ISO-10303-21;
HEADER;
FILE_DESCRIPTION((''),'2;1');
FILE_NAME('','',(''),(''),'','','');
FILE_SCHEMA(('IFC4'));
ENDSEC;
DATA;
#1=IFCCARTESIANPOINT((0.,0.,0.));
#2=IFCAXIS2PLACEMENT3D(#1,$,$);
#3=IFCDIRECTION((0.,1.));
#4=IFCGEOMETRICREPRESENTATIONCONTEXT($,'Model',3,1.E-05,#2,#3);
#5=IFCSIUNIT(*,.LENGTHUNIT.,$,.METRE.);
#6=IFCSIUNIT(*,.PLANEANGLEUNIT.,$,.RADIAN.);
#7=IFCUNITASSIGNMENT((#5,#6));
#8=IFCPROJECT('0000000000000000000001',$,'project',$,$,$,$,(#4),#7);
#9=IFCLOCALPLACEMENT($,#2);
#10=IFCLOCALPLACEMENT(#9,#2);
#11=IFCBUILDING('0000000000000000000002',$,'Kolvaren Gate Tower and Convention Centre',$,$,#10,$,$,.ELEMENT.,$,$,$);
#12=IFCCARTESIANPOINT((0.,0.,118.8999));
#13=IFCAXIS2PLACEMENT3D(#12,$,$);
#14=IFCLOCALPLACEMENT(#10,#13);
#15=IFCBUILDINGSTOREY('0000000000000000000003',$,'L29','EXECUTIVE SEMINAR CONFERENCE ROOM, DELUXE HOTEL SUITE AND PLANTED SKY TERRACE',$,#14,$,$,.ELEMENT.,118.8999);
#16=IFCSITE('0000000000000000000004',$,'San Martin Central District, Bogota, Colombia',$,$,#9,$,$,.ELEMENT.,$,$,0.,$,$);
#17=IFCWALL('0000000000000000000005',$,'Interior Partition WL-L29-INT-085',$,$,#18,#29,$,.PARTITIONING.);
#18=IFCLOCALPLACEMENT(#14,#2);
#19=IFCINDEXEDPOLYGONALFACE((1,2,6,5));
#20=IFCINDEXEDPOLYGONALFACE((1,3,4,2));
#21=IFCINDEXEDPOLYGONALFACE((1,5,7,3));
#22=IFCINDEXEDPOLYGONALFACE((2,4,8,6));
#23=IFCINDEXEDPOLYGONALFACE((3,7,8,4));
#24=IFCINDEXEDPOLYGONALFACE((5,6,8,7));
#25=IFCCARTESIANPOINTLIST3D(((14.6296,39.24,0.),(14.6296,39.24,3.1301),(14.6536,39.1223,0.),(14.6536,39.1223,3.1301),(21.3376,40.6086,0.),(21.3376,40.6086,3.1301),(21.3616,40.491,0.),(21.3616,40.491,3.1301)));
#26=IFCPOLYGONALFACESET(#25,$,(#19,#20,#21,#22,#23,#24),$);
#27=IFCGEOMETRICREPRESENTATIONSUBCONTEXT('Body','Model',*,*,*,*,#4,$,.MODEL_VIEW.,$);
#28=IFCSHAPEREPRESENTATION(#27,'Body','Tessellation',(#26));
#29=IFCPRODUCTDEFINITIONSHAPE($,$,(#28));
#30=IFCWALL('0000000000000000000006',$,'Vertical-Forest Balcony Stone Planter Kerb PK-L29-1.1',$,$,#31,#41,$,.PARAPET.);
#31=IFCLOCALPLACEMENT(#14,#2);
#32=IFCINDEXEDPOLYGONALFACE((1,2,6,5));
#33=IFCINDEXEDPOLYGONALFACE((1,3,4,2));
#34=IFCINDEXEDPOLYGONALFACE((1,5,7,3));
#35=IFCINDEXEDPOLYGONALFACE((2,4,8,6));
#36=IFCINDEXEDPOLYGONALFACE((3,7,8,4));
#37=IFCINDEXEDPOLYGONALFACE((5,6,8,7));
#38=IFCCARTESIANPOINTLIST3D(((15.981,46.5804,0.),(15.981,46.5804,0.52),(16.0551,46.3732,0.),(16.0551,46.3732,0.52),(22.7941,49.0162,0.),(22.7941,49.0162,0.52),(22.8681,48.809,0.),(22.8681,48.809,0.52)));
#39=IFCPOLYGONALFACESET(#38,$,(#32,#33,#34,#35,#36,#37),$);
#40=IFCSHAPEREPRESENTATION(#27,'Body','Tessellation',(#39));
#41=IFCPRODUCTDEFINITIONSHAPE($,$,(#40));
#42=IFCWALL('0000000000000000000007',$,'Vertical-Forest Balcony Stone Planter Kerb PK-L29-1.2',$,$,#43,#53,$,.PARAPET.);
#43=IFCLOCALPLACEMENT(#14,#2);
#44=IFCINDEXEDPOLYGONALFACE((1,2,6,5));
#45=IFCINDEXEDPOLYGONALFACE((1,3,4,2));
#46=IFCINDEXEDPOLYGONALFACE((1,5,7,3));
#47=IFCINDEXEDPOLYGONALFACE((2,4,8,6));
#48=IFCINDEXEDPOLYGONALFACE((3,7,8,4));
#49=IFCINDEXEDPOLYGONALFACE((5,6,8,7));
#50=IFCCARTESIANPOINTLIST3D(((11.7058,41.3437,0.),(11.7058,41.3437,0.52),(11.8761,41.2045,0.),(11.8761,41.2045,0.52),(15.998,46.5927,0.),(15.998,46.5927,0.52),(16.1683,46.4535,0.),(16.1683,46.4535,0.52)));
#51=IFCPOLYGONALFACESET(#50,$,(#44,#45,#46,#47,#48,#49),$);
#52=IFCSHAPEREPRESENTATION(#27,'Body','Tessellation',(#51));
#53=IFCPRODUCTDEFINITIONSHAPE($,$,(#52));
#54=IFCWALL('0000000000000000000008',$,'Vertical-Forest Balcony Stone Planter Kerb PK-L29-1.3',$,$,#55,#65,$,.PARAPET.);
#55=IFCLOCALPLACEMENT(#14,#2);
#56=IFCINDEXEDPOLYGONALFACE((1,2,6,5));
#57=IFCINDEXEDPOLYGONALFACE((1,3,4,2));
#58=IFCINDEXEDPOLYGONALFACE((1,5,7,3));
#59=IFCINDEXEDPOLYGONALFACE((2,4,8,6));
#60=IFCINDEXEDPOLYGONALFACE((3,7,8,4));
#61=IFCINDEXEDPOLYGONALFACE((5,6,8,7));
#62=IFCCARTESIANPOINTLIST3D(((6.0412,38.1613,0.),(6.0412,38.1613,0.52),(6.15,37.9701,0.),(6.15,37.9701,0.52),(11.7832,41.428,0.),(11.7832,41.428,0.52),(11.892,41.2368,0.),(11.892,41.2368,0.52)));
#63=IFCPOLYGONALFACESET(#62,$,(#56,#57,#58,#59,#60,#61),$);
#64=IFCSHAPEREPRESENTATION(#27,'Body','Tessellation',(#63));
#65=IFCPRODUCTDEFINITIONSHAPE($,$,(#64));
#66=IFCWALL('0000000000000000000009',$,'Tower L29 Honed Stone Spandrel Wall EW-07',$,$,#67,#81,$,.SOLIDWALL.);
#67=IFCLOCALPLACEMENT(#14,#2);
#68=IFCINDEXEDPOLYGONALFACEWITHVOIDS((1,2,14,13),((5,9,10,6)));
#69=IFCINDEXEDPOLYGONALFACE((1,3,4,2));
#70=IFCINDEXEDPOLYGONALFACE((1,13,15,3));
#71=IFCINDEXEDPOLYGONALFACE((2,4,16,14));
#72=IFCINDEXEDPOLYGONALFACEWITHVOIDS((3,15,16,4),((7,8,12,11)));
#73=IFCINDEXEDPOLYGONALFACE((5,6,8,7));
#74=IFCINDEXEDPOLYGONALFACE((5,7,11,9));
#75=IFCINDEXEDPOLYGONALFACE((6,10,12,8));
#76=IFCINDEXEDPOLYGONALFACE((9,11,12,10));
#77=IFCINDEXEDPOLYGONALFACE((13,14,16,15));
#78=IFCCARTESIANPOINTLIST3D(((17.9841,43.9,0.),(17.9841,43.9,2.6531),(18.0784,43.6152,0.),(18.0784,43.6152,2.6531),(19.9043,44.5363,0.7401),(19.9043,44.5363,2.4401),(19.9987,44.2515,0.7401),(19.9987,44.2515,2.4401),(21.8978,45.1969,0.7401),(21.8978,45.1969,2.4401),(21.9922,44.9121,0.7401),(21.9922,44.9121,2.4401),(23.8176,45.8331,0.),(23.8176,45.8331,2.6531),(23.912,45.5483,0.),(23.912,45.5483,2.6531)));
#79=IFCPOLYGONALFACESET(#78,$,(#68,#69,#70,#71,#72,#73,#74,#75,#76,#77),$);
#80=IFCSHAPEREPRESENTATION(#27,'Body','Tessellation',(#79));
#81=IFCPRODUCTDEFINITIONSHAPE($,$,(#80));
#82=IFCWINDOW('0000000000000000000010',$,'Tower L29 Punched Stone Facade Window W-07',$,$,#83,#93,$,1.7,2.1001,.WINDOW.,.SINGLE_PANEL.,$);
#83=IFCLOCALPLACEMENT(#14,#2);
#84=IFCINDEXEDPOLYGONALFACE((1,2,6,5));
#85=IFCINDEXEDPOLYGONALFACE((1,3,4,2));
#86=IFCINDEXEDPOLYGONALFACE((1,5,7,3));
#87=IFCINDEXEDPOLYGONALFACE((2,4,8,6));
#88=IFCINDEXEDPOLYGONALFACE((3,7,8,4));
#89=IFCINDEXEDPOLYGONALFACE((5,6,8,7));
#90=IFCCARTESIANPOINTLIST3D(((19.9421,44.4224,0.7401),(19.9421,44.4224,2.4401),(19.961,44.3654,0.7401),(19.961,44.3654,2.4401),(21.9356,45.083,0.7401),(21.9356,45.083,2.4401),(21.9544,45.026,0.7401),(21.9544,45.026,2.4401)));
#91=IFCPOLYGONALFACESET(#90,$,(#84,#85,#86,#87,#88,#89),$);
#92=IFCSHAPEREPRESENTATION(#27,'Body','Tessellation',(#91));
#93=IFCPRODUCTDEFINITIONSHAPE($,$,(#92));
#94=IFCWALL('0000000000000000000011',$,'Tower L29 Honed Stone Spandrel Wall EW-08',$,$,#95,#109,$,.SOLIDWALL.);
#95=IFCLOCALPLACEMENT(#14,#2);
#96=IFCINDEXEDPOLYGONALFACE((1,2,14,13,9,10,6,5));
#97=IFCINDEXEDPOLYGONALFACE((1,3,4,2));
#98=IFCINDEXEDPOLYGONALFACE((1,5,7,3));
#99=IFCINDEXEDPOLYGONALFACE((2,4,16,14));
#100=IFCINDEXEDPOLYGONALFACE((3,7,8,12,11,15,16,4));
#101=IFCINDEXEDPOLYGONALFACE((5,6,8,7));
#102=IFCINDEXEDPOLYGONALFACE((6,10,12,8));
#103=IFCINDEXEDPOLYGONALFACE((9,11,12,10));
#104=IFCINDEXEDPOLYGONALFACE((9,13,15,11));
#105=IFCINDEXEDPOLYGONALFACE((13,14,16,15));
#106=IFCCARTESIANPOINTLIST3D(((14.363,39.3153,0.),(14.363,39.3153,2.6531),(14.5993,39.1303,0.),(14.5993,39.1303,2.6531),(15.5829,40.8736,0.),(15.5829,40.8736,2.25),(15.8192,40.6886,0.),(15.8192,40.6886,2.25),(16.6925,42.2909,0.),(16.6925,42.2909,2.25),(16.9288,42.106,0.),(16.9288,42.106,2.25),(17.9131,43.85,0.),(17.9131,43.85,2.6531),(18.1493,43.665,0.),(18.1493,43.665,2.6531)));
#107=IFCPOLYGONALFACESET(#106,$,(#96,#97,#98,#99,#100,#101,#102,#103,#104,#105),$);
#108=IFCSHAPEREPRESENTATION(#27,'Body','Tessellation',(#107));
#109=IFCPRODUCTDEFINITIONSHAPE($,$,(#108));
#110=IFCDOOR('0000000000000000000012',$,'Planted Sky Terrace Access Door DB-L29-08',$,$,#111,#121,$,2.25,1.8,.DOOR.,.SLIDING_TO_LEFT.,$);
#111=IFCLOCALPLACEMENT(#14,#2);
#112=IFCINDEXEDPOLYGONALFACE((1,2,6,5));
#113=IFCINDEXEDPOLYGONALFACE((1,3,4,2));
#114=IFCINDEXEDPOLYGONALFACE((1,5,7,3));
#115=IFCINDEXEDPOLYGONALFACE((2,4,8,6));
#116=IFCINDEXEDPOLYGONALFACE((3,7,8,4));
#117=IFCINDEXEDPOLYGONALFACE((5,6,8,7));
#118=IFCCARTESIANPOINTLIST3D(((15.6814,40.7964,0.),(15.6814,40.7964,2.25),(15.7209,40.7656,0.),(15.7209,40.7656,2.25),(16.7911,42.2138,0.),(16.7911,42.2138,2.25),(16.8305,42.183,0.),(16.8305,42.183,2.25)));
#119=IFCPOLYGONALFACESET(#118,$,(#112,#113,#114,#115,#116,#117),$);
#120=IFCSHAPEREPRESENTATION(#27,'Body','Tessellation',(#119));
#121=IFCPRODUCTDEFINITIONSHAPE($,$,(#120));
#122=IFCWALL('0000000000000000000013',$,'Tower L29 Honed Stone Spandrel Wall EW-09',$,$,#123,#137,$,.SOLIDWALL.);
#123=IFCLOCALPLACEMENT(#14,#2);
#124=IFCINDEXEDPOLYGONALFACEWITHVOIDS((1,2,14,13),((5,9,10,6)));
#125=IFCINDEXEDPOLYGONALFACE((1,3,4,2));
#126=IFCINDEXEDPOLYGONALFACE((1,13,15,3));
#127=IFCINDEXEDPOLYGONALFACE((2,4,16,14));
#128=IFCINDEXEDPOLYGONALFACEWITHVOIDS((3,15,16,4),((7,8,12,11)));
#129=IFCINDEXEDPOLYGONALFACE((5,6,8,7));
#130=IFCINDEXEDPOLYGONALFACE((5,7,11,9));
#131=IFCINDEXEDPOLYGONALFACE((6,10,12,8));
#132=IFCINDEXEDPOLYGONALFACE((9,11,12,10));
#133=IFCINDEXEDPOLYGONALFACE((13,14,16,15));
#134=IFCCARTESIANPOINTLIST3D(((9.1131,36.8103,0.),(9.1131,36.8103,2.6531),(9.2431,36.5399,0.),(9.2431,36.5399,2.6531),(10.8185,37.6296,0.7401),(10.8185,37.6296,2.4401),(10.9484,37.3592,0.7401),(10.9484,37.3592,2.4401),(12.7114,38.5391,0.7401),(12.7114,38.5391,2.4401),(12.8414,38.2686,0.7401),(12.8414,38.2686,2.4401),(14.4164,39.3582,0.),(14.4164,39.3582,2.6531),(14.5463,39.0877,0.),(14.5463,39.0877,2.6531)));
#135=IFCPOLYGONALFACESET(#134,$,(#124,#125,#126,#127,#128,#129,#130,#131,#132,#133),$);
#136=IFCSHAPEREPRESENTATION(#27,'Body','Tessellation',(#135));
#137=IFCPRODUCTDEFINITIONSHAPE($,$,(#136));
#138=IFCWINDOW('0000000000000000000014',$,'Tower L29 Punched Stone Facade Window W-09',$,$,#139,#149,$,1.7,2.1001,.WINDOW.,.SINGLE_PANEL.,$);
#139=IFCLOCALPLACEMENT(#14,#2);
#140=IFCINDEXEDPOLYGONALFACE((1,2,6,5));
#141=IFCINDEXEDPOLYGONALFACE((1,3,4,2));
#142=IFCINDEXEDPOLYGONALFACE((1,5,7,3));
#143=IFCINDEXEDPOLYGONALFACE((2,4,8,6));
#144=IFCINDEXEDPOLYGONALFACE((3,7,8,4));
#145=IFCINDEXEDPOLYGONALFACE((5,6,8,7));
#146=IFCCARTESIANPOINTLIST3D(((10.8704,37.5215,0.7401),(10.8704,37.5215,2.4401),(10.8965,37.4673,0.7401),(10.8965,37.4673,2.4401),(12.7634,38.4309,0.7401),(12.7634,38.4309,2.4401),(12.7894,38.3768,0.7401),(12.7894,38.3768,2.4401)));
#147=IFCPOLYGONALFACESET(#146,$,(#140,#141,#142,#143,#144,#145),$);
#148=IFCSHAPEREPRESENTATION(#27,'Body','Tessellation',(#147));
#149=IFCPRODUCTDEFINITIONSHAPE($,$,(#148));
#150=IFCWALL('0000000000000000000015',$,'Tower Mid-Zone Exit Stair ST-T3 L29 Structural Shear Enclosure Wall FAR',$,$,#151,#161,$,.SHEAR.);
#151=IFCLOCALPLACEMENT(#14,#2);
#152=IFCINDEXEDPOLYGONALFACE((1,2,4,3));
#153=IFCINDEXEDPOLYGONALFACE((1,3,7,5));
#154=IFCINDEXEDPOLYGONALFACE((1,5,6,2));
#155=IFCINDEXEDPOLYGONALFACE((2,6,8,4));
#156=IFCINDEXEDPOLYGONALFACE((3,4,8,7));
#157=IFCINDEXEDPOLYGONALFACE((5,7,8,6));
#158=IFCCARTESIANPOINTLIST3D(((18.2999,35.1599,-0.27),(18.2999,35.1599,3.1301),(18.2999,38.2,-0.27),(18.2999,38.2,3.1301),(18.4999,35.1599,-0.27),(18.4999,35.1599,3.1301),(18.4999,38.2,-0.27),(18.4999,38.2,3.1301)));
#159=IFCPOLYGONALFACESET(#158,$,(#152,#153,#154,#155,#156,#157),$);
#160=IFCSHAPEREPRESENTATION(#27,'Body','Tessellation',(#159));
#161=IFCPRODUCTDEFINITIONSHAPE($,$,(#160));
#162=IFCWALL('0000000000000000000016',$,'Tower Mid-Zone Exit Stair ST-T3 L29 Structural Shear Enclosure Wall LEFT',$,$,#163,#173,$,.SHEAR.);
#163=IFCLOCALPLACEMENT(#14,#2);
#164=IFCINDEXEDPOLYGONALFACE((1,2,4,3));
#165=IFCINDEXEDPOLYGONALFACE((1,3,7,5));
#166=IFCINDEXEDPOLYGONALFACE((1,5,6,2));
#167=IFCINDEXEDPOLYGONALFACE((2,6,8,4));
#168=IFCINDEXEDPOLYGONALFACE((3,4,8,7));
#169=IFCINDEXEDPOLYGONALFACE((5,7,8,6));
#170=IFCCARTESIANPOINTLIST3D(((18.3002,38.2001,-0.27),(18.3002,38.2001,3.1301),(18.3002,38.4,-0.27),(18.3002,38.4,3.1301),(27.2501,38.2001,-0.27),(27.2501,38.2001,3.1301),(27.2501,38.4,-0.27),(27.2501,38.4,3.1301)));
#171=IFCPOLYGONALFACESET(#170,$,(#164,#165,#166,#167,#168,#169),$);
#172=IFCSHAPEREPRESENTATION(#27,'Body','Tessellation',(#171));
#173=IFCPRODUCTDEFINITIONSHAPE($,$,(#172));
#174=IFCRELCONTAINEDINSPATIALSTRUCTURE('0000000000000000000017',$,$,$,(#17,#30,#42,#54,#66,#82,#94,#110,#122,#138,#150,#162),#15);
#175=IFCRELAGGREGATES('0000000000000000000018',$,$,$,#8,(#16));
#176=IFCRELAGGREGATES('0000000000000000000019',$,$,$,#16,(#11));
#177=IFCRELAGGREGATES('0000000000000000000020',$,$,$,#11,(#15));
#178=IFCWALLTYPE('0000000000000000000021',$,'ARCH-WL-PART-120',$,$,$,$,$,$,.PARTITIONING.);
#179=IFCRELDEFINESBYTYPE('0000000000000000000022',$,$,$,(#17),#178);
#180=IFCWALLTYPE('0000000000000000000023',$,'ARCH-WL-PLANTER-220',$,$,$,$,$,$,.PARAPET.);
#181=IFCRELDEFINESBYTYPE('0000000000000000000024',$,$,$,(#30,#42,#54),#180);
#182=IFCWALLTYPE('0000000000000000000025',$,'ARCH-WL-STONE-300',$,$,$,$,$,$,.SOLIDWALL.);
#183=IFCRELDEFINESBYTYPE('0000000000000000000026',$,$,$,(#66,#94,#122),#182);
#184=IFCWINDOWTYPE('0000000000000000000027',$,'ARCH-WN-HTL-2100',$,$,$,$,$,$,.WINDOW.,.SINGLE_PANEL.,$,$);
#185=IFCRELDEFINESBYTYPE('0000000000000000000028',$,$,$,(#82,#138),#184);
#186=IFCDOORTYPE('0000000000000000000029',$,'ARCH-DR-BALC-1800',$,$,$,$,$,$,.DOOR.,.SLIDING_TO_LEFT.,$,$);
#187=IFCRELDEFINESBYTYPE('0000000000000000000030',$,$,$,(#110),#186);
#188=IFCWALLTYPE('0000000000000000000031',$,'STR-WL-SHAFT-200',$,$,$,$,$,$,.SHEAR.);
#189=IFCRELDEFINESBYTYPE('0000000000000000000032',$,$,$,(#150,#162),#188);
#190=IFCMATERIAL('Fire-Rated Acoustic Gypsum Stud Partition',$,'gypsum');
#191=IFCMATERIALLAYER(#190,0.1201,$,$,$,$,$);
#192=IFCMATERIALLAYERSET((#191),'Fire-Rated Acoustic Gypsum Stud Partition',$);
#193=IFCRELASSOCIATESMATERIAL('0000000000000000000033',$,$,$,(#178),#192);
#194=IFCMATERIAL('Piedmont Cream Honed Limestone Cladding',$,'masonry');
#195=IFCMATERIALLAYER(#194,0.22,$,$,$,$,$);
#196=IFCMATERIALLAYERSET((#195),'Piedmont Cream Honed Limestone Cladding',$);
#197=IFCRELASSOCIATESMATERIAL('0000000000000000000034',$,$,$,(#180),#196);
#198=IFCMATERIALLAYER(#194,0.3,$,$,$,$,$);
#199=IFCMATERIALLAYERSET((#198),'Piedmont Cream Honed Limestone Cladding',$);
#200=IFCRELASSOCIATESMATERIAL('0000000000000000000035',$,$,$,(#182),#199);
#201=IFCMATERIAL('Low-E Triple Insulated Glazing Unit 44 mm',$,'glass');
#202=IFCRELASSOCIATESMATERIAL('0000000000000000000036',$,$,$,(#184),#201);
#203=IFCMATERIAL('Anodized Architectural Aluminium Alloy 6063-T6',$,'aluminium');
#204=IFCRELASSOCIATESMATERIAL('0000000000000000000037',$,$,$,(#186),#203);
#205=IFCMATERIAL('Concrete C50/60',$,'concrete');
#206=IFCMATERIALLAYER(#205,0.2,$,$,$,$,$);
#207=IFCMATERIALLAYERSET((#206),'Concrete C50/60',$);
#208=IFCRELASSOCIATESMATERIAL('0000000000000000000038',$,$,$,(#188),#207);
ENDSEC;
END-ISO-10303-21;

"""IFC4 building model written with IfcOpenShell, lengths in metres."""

from ifc_helpers import new_model, si_unit, direction, frame, frame_2d, origin, place, context, subcontext, project, spatial, rectangle, extrude, material, layer, layer_set, type_object, element, fill, save


model = new_model("IFC4")

# Units and contexts
model_context = context("Model", 3, precision=1e-05, world=origin(), true_north=direction((0.0, 1.0)))
body_context = subcontext(model_context, "Body", "Model", "MODEL_VIEW")
ifc_project = project(units=[si_unit("LENGTHUNIT", "METRE"), si_unit("PLANEANGLEUNIT", "RADIAN")], contexts=[model_context])

# Site, building, storey
site_placement = place(None, origin())
site = spatial("IfcSite", under=ifc_project, at=site_placement, Name="San Martin Central District, Bogota, Colombia", CompositionType="ELEMENT", RefElevation=0.0)
building_placement = place(site_placement, origin())
building = spatial("IfcBuilding", under=site, at=building_placement, Name="Kolvaren Gate Tower and Convention Centre", CompositionType="ELEMENT")
storey_placement = place(building_placement, frame((0.0, 0.0, 118.8999)))
storey = spatial("IfcBuildingStorey", under=building, at=storey_placement, Name="L29", Description="EXECUTIVE SEMINAR CONFERENCE ROOM, DELUXE HOTEL SUITE AND PLANTED SKY TERRACE", CompositionType="ELEMENT", Elevation=118.8999)

# Walls
ifc_material_1 = material(Name="Fire-Rated Acoustic Gypsum Stud Partition", Category="gypsum")
ifc_layer_1 = layer(ifc_material_1, 0.1201)
ifc_layer_set_1 = layer_set([ifc_layer_1], Name="Fire-Rated Acoustic Gypsum Stud Partition")
wall_type_1 = type_object("IfcWallType", Name="ARCH-WL-PART-120", PredefinedType="PARTITIONING", material=ifc_layer_set_1)
wall_1_placement = place(storey_placement, frame((14.6416, 39.1812, 0.0), z_axis=(0.0, 0.0, 1.0), x_axis=(0.979813, 0.199914, 0.0)))
element("IfcWall", 1, at=wall_1_placement, inside=storey, type_object=wall_type_1, Name="Interior Partition WL-L29-INT-085", PredefinedType="PARTITIONING", context=body_context, shape_type="SweptSolid", body=[
    extrude(rectangle(XDim=6.8462, YDim=0.1201, at=frame_2d((3.4231, 0.0))), origin(), (0.0, 0.0, 1.0), 3.1301),
])
ifc_material_2 = material(Name="Piedmont Cream Honed Limestone Cladding", Category="masonry")
ifc_layer_2 = layer(ifc_material_2, 0.22)
ifc_layer_set_2 = layer_set([ifc_layer_2], Name="Piedmont Cream Honed Limestone Cladding")
wall_type_2 = type_object("IfcWallType", Name="ARCH-WL-PLANTER-220", PredefinedType="PARAPET", material=ifc_layer_set_2)
wall_2_placement = place(storey_placement, frame((16.0181, 46.4768, 0.0), z_axis=(0.0, 0.0, 1.0), x_axis=(0.941629, 0.336653, 0.0)))
element("IfcWall", 2, at=wall_2_placement, inside=storey, type_object=wall_type_2, Name="Vertical-Forest Balcony Stone Planter Kerb PK-L29-1.1", PredefinedType="PARAPET", context=body_context, shape_type="SweptSolid", body=[
    extrude(rectangle(XDim=7.2354, YDim=0.22, at=frame_2d((3.6177, 0.0))), origin(), (0.0, 0.0, 1.0), 0.52),
])
wall_3_placement = place(storey_placement, frame((11.791, 41.2742, 0.0), z_axis=(0.0, 0.0, 1.0), x_axis=(0.633024, 0.774132, 0.0)))
element("IfcWall", 3, at=wall_3_placement, inside=storey, type_object=wall_type_2, Name="Vertical-Forest Balcony Stone Planter Kerb PK-L29-1.2", PredefinedType="PARAPET", context=body_context, shape_type="SweptSolid", body=[
    extrude(rectangle(XDim=6.7805, YDim=0.22, at=frame_2d((3.3901, 0.0))), origin(), (0.0, 0.0, 1.0), 0.52),
])
wall_4_placement = place(storey_placement, frame((6.0955, 38.0657, 0.0), z_axis=(0.0, 0.0, 1.0), x_axis=(0.869188, 0.494482, 0.0)))
element("IfcWall", 4, at=wall_4_placement, inside=storey, type_object=wall_type_2, Name="Vertical-Forest Balcony Stone Planter Kerb PK-L29-1.3", PredefinedType="PARAPET", context=body_context, shape_type="SweptSolid", body=[
    extrude(rectangle(XDim=6.6062, YDim=0.22, at=frame_2d((3.3032, 0.0))), origin(), (0.0, 0.0, 1.0), 0.52),
])

# Wall, opening, window
ifc_layer_3 = layer(ifc_material_2, 0.3)
ifc_layer_set_3 = layer_set([ifc_layer_3], Name="Piedmont Cream Honed Limestone Cladding")
wall_type_3 = type_object("IfcWallType", Name="ARCH-WL-STONE-300", PredefinedType="SOLIDWALL", material=ifc_layer_set_3)
wall_5_placement = place(storey_placement, frame((18.0312, 43.7576, 0.0), z_axis=(0.0, 0.0, 1.0), x_axis=(0.949238, 0.314559, 0.0)))
wall_5 = element("IfcWall", 5, at=wall_5_placement, inside=storey, type_object=wall_type_3, Name="Tower L29 Honed Stone Spandrel Wall EW-07", PredefinedType="SOLIDWALL", context=body_context, shape_type="SweptSolid", body=[
    extrude(rectangle(XDim=6.1455, YDim=0.3, at=frame_2d((3.0728, 0.0))), origin(), (0.0, 0.0, 1.0), 2.6531),
])
opening_1_placement = place(wall_5_placement, frame((2.0229, 0.0, 0.74)))
opening_1 = element("IfcOpeningElement", 6, at=opening_1_placement, cuts=wall_5, PredefinedType="OPENING", context=body_context, shape_type="SweptSolid", body=[
    extrude(rectangle(XDim=2.1001, YDim=1.7, at=frame_2d((1.05, 0.8501))), frame((0.0, 0.1599, 0.0), z_axis=(0.0, -1.0, 0.0), x_axis=(1.0, 0.0, 0.0)), (0.0, 0.0, 1.0), 0.3201),
])
ifc_material_3 = material(Name="Low-E Triple Insulated Glazing Unit 44 mm", Category="glass")
window_type = type_object("IfcWindowType", Name="ARCH-WN-HTL-2100", PartitioningType="SINGLE_PANEL", PredefinedType="WINDOW", material=ifc_material_3)
window_1_placement = place(opening_1_placement, origin())
window_1 = element("IfcWindow", 7, at=window_1_placement, inside=storey, type_object=window_type, Name="Tower L29 Punched Stone Facade Window W-07", OverallHeight=1.7, OverallWidth=2.1001, PartitioningType="SINGLE_PANEL", PredefinedType="WINDOW", context=body_context, shape_type="SweptSolid", body=[
    extrude(rectangle(XDim=2.1001, YDim=1.7, at=frame_2d((1.05, 0.8501))), frame((0.0, 0.03, 0.0), z_axis=(0.0, -1.0, 0.0), x_axis=(1.0, 0.0, 0.0)), (0.0, 0.0, 1.0), 0.0601),
])
fill(opening_1, window_1)

# Wall, opening, door
wall_6_placement = place(storey_placement, frame((14.4812, 39.2229, 0.0), z_axis=(0.0, 0.0, 1.0), x_axis=(0.616435, 0.787406, 0.0)))
wall_6 = element("IfcWall", 8, at=wall_6_placement, inside=storey, type_object=wall_type_3, Name="Tower L29 Honed Stone Spandrel Wall EW-08", PredefinedType="SOLIDWALL", context=body_context, shape_type="SweptSolid", body=[
    extrude(rectangle(XDim=5.759, YDim=0.3, at=frame_2d((2.8794, 0.0))), origin(), (0.0, 0.0, 1.0), 2.6531),
])
opening_2_placement = place(wall_6_placement, frame((1.979, 0.0, 0.0)))
opening_2 = element("IfcOpeningElement", 9, at=opening_2_placement, cuts=wall_6, PredefinedType="OPENING", context=body_context, shape_type="SweptSolid", body=[
    extrude(rectangle(XDim=1.8, YDim=2.25, at=frame_2d((0.8999, 1.125))), frame((0.0, 0.1599, 0.0), z_axis=(0.0, -1.0, 0.0), x_axis=(1.0, 0.0, 0.0)), (0.0, 0.0, 1.0), 0.3201),
])
ifc_material_4 = material(Name="Anodized Architectural Aluminium Alloy 6063-T6", Category="aluminium")
door_type = type_object("IfcDoorType", Name="ARCH-DR-BALC-1800", OperationType="SLIDING_TO_LEFT", PredefinedType="DOOR", material=ifc_material_4)
door_placement = place(opening_2_placement, origin())
door = element("IfcDoor", 10, at=door_placement, inside=storey, type_object=door_type, Name="Planted Sky Terrace Access Door DB-L29-08", OperationType="SLIDING_TO_LEFT", OverallHeight=2.25, OverallWidth=1.8, PredefinedType="DOOR", context=body_context, shape_type="SweptSolid", body=[
    extrude(rectangle(XDim=1.8, YDim=2.25, at=frame_2d((0.8999, 1.125))), frame((0.0, 0.0249, 0.0), z_axis=(0.0, -1.0, 0.0), x_axis=(1.0, 0.0, 0.0)), (0.0, 0.0, 1.0), 0.05),
])
fill(opening_2, door)

# Wall, opening, window
wall_7_placement = place(storey_placement, frame((9.178, 36.675, 0.0), z_axis=(0.0, 0.0, 1.0), x_axis=(0.90137, 0.433049, 0.0)))
wall_7 = element("IfcWall", 11, at=wall_7_placement, inside=storey, type_object=wall_type_3, Name="Tower L29 Honed Stone Spandrel Wall EW-09", PredefinedType="SOLIDWALL", context=body_context, shape_type="SweptSolid", body=[
    extrude(rectangle(XDim=5.8835, YDim=0.3, at=frame_2d((2.9419, 0.0))), origin(), (0.0, 0.0, 1.0), 2.6531),
])
opening_3_placement = place(wall_7_placement, frame((1.8921, 0.0, 0.74)))
opening_3 = element("IfcOpeningElement", 12, at=opening_3_placement, cuts=wall_7, PredefinedType="OPENING", context=body_context, shape_type="SweptSolid", body=[
    extrude(rectangle(XDim=2.1001, YDim=1.7, at=frame_2d((1.05, 0.8501))), frame((0.0, 0.1599, 0.0), z_axis=(0.0, -1.0, 0.0), x_axis=(1.0, 0.0, 0.0)), (0.0, 0.0, 1.0), 0.3201),
])
window_2_placement = place(opening_3_placement, origin())
window_2 = element("IfcWindow", 13, at=window_2_placement, inside=storey, type_object=window_type, Name="Tower L29 Punched Stone Facade Window W-09", OverallHeight=1.7, OverallWidth=2.1001, PartitioningType="SINGLE_PANEL", PredefinedType="WINDOW", context=body_context, shape_type="SweptSolid", body=[
    extrude(rectangle(XDim=2.1001, YDim=1.7, at=frame_2d((1.05, 0.8501))), frame((0.0, 0.03, 0.0), z_axis=(0.0, -1.0, 0.0), x_axis=(1.0, 0.0, 0.0)), (0.0, 0.0, 1.0), 0.0601),
])
fill(opening_3, window_2)

# Walls
ifc_material_5 = material(Name="Concrete C50/60", Category="concrete")
ifc_layer_4 = layer(ifc_material_5, 0.2)
ifc_layer_set_4 = layer_set([ifc_layer_4], Name="Concrete C50/60")
wall_type_4 = type_object("IfcWallType", Name="STR-WL-SHAFT-200", PredefinedType="SHEAR", material=ifc_layer_set_4)
wall_8_placement = place(storey_placement, frame((18.3999, 35.1599, -0.27), z_axis=(0.0, 0.0, 1.0), x_axis=(0.0, 1.0, 0.0)))
element("IfcWall", 14, at=wall_8_placement, inside=storey, type_object=wall_type_4, Name="Tower Mid-Zone Exit Stair ST-T3 L29 Structural Shear Enclosure Wall FAR", PredefinedType="SHEAR", context=body_context, shape_type="SweptSolid", body=[
    extrude(rectangle(XDim=3.04, YDim=0.2, at=frame_2d((1.52, 0.0))), origin(), (0.0, 0.0, 1.0), 3.4001),
])
for number, where, z_axis, x_axis, name in (
    (15, (18.3, 38.3, -0.27), (0.0, 0.0, 1.0), (1.0, 0.0, 0.0), "Tower Mid-Zone Exit Stair ST-T3 L29 Structural Shear Enclosure Wall LEFT"),
):
    element("IfcWall", number, at=place(storey_placement, frame(where, z_axis=z_axis, x_axis=x_axis)), inside=storey, type_object=wall_type_4, Name=name, PredefinedType="SHEAR", context=body_context, shape_type="SweptSolid", body=[
        extrude(rectangle(XDim=8.95, YDim=0.2, at=frame_2d((4.4751, 0.0))), origin(), (0.0, 0.0, 1.0), 3.4001),
    ])

save(model, "model.ifc")
